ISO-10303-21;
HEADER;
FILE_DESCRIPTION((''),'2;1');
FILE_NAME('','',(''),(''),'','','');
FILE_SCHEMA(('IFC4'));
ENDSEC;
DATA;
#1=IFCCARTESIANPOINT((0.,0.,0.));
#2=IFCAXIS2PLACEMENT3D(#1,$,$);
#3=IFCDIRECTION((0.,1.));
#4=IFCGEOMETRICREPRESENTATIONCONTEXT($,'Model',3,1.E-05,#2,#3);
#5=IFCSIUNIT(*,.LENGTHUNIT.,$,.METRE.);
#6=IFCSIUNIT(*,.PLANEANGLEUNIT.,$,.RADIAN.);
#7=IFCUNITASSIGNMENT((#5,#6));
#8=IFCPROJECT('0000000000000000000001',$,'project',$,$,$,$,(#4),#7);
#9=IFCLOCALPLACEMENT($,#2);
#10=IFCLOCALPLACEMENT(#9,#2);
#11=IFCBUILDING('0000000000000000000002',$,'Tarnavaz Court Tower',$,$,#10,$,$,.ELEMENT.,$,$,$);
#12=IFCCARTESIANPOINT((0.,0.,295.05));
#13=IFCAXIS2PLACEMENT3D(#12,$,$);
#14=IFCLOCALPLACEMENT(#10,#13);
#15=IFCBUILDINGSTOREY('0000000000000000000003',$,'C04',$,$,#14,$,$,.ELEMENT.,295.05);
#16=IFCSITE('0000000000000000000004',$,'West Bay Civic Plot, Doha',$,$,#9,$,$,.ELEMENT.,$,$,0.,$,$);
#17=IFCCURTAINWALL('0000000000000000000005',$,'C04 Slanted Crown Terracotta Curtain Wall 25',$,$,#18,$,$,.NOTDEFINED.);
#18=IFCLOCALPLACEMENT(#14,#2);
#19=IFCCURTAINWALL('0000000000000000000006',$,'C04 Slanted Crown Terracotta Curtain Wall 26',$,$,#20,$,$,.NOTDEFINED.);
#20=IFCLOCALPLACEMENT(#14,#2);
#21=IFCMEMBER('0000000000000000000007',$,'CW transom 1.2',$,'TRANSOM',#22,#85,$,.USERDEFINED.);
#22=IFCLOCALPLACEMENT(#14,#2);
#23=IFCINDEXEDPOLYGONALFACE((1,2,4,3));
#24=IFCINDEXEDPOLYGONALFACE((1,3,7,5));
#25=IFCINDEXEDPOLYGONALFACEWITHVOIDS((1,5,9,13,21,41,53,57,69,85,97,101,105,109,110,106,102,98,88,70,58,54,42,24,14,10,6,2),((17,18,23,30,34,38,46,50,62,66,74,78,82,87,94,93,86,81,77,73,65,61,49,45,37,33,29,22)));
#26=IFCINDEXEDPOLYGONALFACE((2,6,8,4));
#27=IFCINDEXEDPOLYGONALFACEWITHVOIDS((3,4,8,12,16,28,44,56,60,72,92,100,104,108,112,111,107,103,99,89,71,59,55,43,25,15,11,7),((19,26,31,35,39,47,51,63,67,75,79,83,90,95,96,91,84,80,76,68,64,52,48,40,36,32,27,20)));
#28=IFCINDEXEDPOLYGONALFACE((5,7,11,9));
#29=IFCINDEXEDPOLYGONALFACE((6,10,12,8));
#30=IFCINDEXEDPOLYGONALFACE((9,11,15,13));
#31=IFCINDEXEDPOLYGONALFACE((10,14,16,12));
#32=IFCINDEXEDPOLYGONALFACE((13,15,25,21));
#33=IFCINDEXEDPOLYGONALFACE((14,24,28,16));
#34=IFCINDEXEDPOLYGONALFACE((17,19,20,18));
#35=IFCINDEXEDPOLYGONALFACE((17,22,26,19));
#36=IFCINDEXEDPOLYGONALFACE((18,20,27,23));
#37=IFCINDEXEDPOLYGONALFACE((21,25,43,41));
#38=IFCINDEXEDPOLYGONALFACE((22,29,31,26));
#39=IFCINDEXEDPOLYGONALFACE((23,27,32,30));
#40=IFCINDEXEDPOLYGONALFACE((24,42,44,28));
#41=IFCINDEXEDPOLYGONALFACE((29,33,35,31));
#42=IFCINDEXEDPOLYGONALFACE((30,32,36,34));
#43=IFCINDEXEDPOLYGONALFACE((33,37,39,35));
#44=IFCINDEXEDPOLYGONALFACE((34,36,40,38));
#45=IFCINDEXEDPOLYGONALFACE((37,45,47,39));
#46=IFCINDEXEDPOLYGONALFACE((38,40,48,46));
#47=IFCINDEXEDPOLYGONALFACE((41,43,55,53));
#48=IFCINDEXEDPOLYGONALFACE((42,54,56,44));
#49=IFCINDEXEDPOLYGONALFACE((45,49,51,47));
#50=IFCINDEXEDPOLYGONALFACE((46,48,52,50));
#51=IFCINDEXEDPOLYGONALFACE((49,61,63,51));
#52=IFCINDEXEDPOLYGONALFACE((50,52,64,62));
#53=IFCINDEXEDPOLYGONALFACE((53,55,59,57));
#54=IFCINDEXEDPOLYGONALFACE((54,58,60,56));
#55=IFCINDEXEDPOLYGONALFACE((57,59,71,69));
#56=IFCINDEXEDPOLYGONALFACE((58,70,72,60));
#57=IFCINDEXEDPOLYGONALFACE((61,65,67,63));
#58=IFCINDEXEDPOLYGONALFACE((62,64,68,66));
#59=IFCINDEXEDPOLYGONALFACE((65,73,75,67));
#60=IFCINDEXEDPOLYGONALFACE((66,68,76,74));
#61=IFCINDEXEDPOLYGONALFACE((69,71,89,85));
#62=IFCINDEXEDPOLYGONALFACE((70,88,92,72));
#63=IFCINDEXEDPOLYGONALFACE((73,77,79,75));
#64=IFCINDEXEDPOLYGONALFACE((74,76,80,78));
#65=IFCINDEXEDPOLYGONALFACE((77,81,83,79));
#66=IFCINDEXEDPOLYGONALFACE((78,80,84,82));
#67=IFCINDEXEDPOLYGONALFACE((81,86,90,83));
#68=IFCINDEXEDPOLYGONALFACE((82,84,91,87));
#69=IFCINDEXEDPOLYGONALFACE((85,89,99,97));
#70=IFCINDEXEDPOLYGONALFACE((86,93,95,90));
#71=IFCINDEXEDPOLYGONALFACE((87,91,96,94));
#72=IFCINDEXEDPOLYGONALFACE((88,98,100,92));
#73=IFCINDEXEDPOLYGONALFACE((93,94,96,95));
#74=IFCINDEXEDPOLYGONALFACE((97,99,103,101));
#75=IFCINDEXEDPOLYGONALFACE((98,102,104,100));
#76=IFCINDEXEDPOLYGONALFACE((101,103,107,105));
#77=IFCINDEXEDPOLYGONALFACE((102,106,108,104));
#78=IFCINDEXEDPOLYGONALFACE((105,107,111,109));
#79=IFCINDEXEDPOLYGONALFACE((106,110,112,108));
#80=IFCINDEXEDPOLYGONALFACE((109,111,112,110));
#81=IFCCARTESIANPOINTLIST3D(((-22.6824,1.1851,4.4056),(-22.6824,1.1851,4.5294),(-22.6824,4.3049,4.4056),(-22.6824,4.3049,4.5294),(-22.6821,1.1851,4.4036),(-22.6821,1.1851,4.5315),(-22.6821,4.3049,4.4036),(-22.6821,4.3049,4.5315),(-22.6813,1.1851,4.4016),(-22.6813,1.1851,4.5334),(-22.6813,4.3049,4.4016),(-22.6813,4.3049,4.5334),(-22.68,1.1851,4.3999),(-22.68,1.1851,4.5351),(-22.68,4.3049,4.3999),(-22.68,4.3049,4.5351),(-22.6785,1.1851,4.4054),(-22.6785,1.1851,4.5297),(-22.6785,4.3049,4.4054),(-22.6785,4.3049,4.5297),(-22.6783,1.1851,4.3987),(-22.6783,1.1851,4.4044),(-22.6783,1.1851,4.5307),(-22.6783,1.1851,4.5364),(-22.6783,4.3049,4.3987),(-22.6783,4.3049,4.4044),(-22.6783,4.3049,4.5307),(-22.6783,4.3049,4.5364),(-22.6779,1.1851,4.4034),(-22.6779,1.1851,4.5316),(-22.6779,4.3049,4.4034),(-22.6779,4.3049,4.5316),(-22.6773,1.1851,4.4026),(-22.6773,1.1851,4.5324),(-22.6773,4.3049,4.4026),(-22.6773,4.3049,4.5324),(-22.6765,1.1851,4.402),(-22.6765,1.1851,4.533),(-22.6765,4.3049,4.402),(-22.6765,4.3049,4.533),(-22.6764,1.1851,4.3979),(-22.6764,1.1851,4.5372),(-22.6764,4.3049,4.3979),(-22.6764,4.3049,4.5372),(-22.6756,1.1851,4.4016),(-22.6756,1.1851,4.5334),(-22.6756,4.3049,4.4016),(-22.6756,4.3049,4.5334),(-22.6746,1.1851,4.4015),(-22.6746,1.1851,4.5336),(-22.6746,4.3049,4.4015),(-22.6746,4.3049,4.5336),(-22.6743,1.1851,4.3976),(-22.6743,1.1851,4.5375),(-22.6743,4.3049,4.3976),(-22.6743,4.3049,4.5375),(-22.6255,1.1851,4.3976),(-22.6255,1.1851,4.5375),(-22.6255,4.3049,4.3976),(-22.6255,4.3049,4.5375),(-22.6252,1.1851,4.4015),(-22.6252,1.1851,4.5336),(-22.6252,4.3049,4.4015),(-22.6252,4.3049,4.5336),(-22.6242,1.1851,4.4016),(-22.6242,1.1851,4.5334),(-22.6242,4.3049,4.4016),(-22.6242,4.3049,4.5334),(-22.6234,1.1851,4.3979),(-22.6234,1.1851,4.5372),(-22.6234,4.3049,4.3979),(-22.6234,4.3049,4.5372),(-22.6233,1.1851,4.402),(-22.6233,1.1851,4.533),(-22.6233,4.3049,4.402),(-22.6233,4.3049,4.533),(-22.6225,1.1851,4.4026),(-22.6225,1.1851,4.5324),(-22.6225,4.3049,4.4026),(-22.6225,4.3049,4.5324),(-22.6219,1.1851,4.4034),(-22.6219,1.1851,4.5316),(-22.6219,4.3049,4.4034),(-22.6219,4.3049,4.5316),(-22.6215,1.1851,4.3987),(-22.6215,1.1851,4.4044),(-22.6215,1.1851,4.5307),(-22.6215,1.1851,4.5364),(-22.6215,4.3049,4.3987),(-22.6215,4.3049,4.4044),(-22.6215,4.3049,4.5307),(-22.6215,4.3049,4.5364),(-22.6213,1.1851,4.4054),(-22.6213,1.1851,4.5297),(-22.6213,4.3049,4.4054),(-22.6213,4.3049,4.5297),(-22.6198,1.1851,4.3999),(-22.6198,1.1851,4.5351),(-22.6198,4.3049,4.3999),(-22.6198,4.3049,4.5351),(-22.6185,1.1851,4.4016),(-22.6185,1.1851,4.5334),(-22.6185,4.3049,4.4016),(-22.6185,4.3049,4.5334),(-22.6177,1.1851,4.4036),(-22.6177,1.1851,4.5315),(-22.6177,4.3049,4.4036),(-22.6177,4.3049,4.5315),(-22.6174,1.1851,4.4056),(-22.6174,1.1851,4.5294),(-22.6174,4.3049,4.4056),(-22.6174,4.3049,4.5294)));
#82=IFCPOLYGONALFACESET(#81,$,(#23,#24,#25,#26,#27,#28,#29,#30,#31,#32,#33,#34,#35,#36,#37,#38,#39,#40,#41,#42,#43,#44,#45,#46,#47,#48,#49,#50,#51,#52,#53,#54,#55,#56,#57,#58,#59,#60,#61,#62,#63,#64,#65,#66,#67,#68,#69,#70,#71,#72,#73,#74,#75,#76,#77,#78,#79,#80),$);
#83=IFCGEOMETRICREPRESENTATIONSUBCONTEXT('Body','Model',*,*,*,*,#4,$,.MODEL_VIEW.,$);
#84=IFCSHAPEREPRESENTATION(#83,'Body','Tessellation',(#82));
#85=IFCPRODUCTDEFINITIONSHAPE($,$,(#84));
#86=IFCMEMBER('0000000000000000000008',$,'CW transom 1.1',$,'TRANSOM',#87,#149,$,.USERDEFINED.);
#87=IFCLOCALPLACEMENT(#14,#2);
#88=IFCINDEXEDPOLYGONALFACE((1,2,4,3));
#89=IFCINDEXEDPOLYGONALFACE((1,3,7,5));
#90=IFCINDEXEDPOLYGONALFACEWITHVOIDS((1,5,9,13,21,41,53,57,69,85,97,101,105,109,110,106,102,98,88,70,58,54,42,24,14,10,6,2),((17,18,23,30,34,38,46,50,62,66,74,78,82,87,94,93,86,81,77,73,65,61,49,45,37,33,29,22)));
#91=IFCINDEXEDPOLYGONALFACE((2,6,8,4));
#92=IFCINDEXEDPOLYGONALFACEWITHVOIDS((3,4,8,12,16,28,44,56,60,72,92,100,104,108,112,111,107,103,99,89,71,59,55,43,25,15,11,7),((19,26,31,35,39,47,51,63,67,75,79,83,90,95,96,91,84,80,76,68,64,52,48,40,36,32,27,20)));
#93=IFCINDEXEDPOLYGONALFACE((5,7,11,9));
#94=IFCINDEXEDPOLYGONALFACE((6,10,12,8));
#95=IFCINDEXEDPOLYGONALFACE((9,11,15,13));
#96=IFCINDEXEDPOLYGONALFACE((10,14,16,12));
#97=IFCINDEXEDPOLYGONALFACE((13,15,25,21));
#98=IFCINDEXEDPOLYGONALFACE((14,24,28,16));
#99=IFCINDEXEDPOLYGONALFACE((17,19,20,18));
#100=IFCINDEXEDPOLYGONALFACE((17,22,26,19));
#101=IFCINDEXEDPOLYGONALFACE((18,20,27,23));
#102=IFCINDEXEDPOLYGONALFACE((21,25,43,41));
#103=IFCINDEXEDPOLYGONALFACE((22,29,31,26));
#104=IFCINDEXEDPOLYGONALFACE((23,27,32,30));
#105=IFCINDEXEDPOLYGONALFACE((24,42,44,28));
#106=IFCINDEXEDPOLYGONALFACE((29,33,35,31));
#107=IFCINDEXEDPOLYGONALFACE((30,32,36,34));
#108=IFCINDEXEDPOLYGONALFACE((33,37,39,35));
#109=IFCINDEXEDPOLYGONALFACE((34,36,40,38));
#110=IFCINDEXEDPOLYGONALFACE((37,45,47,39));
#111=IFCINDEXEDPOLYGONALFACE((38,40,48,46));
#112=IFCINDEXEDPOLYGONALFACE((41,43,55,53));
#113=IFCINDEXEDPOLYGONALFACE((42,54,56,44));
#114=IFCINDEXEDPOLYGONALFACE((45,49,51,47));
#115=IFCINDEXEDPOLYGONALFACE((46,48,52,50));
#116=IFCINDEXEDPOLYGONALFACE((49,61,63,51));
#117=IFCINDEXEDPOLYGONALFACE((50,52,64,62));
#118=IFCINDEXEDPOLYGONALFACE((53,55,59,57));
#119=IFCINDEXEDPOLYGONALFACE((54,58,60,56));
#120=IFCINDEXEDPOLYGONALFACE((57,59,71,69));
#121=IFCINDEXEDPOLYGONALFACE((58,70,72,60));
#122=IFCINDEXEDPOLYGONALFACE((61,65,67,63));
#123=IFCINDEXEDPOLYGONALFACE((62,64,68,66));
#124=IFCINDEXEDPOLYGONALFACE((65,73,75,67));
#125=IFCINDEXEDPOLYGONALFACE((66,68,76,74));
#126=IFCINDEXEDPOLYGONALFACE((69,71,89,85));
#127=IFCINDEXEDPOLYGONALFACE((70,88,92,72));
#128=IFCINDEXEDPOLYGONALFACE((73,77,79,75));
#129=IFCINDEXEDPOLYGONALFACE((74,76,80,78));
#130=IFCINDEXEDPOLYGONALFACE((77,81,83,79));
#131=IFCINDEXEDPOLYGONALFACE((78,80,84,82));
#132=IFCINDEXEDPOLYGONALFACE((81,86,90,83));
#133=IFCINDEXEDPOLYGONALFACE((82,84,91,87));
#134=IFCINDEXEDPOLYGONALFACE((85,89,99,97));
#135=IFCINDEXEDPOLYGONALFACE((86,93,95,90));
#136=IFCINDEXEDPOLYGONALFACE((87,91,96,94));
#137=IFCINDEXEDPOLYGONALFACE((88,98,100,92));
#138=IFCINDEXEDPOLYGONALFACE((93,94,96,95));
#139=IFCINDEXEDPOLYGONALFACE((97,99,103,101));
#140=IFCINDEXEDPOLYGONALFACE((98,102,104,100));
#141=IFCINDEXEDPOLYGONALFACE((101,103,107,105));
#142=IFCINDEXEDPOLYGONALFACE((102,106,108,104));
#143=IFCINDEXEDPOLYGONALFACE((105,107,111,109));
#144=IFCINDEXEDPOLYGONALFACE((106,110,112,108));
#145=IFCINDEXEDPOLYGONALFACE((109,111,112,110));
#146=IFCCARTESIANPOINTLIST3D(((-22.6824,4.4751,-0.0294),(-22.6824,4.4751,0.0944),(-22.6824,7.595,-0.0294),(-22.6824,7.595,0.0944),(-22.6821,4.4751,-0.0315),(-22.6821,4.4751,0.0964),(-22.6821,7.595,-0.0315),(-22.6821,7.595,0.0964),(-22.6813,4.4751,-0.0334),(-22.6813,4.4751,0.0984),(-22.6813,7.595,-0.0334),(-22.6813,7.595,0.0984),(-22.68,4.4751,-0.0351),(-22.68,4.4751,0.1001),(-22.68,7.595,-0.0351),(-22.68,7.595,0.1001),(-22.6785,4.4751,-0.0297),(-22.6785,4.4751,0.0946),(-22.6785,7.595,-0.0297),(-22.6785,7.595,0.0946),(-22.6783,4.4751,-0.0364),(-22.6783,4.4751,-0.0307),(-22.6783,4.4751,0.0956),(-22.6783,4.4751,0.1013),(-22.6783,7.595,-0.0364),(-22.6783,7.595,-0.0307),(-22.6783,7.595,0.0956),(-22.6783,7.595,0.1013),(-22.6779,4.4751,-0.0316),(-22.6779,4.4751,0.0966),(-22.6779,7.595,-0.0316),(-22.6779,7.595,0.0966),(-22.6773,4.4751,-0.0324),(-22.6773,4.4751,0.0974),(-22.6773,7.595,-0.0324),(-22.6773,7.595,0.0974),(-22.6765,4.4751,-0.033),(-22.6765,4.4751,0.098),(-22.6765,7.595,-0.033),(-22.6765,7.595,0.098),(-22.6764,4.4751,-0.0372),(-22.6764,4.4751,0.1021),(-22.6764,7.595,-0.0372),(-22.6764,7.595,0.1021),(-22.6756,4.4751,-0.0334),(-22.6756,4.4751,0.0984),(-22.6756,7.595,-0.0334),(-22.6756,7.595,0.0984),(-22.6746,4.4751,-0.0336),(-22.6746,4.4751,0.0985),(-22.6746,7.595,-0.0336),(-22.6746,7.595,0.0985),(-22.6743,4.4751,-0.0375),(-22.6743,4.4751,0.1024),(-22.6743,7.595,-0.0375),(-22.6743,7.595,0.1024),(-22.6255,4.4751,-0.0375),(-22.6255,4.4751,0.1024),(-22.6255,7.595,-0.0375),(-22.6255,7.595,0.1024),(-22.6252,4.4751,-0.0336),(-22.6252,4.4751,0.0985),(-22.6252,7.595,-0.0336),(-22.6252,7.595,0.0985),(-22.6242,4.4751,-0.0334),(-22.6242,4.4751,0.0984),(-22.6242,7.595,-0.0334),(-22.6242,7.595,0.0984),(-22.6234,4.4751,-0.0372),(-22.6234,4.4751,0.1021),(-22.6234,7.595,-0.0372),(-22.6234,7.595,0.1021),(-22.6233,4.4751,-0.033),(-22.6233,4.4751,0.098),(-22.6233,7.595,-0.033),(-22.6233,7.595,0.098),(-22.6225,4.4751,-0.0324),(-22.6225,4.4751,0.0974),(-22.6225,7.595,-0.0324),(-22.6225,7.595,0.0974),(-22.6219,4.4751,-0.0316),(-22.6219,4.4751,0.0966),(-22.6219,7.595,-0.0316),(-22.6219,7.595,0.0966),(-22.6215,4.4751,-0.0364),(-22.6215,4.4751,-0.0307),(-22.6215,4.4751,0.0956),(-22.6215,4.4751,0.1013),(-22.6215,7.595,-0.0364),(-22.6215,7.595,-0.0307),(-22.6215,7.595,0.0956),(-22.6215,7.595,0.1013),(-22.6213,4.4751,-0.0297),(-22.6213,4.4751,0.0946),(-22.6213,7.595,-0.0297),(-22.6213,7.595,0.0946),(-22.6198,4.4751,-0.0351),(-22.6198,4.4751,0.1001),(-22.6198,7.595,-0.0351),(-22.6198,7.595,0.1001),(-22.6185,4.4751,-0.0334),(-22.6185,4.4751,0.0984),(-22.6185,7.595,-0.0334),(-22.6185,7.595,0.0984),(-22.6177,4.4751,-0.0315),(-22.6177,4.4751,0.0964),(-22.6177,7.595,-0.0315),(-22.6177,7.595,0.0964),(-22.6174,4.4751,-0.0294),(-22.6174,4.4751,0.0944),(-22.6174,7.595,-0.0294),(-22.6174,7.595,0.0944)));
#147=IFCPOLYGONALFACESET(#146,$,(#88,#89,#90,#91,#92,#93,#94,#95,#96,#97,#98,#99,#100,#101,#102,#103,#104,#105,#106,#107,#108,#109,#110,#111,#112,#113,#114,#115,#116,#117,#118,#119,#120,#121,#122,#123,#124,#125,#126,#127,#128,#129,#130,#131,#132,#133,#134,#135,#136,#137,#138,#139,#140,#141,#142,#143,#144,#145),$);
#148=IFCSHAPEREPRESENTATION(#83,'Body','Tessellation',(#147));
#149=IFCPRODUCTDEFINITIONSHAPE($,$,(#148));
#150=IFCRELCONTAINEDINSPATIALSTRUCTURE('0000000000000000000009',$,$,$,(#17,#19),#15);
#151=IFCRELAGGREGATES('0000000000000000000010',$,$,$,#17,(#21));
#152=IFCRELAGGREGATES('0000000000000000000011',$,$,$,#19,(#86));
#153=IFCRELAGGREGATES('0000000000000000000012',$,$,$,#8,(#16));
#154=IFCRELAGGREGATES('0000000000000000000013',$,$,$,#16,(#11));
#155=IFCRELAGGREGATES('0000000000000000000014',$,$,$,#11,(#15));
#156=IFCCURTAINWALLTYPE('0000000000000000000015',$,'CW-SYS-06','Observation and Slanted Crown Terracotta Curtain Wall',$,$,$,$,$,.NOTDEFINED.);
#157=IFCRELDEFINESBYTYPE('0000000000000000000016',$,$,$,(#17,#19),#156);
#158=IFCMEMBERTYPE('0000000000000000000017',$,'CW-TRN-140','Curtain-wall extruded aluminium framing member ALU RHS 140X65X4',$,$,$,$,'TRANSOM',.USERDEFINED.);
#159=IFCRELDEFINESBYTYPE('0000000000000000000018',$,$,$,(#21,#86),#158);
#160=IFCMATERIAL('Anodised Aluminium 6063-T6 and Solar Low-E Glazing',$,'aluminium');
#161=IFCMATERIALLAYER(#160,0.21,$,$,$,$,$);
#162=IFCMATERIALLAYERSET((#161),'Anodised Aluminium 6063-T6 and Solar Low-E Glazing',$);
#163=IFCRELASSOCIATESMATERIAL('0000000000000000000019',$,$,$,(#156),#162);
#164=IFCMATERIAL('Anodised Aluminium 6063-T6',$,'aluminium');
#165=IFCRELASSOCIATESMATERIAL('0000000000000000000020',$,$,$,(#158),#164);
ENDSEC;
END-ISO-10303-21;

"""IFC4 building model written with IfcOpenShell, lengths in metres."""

from ifc_helpers import new_model, si_unit, direction, frame, origin, origin_2d, place, context, subcontext, project, spatial, hollow_rectangle, extrude, material, layer, layer_set, material_profile, profile_set, type_object, element, aggregate, save


model = new_model("IFC4")

# Units and contexts
model_context = context("Model", 3, precision=1e-05, world=origin(), true_north=direction((0.0, 1.0)))
body_context = subcontext(model_context, "Body", "Model", "MODEL_VIEW")
ifc_project = project(units=[si_unit("LENGTHUNIT", "METRE"), si_unit("PLANEANGLEUNIT", "RADIAN")], contexts=[model_context])

# Site, building, storey
site_placement = place(None, origin())
site = spatial("IfcSite", under=ifc_project, at=site_placement, Name="West Bay Civic Plot, Doha", CompositionType="ELEMENT", RefElevation=0.0)
building_placement = place(site_placement, origin())
building = spatial("IfcBuilding", under=site, at=building_placement, Name="Tarnavaz Court Tower", CompositionType="ELEMENT")
storey_placement = place(building_placement, frame((0.0, 0.0, 295.05)))
storey = spatial("IfcBuildingStorey", under=building, at=storey_placement, Name="C04", CompositionType="ELEMENT", Elevation=295.05)

# Shared definitions
ifc_material_1 = material(Name="Anodised Aluminium 6063-T6 and Solar Low-E Glazing", Category="aluminium")
ifc_layer_1 = layer(ifc_material_1, 0.21)
ifc_layer_set_1 = layer_set([ifc_layer_1], Name="Anodised Aluminium 6063-T6 and Solar Low-E Glazing")
curtain_wall_type = type_object("IfcCurtainWallType", Name="CW-SYS-06", Description="Observation and Slanted Crown Terracotta Curtain Wall", PredefinedType="NOTDEFINED", material=ifc_layer_set_1)
ifc_material_2 = material(Name="Anodised Aluminium 6063-T6", Category="aluminium")

# Curtain walls
curtain_wall_1_placement = place(storey_placement, origin())
curtain_wall_1 = element("IfcCurtainWall", 1, at=curtain_wall_1_placement, inside=storey, type_object=curtain_wall_type, Name="C04 Slanted Crown Terracotta Curtain Wall 25", PredefinedType="NOTDEFINED")
curtain_wall_2_placement = place(storey_placement, origin())
curtain_wall_2 = element("IfcCurtainWall", 2, at=curtain_wall_2_placement, inside=storey, type_object=curtain_wall_type, Name="C04 Slanted Crown Terracotta Curtain Wall 26", PredefinedType="NOTDEFINED")

# Members
ifc_material_profile_1 = material_profile(ifc_material_2, hollow_rectangle(XDim=0.0649, YDim=0.1399, WallThickness=0.0039, InnerFilletRadius=0.0039, OuterFilletRadius=0.0081, at=origin_2d()), Name="ALU RHS 140X65X4")
ifc_profile_set_1 = profile_set([ifc_material_profile_1], Name="Anodised Aluminium 6063-T6")
member_type_1 = type_object("IfcMemberType", Name="CW-TRN-140", Description="Curtain-wall extruded aluminium framing member ALU RHS 140X65X4", ElementType="TRANSOM", PredefinedType="USERDEFINED", material=ifc_profile_set_1)
member_1_placement = place(storey_placement, frame((-22.6499, 1.1851, 4.4675), z_axis=(0.0, 1.0, 0.0), x_axis=(-1.0, 0.0, 0.0)))
member_1 = element("IfcMember", 3, at=member_1_placement, type_object=member_type_1, Name="CW transom 1.2", ObjectType="TRANSOM", PredefinedType="USERDEFINED", context=body_context, shape_type="SweptSolid", body=[
    extrude(hollow_rectangle(XDim=0.0649, YDim=0.1399, WallThickness=0.0039, InnerFilletRadius=0.0039, OuterFilletRadius=0.0081, at=origin_2d()), origin(), (0.0, 0.0, 1.0), 3.1199),
])
member_2_placement = place(storey_placement, frame((-22.6499, 4.4751, 0.0325), z_axis=(0.0, 1.0, 0.0), x_axis=(-1.0, 0.0, 0.0)))
member_2 = element("IfcMember", 4, at=member_2_placement, type_object=member_type_1, Name="CW transom 1.1", ObjectType="TRANSOM", PredefinedType="USERDEFINED", context=body_context, shape_type="SweptSolid", body=[
    extrude(hollow_rectangle(XDim=0.0649, YDim=0.1399, WallThickness=0.0039, InnerFilletRadius=0.0039, OuterFilletRadius=0.0081, at=origin_2d()), origin(), (0.0, 0.0, 1.0), 3.1199),
])

aggregate(curtain_wall_1, [member_1])
aggregate(curtain_wall_2, [member_2])

save(model, "model.ifc")
